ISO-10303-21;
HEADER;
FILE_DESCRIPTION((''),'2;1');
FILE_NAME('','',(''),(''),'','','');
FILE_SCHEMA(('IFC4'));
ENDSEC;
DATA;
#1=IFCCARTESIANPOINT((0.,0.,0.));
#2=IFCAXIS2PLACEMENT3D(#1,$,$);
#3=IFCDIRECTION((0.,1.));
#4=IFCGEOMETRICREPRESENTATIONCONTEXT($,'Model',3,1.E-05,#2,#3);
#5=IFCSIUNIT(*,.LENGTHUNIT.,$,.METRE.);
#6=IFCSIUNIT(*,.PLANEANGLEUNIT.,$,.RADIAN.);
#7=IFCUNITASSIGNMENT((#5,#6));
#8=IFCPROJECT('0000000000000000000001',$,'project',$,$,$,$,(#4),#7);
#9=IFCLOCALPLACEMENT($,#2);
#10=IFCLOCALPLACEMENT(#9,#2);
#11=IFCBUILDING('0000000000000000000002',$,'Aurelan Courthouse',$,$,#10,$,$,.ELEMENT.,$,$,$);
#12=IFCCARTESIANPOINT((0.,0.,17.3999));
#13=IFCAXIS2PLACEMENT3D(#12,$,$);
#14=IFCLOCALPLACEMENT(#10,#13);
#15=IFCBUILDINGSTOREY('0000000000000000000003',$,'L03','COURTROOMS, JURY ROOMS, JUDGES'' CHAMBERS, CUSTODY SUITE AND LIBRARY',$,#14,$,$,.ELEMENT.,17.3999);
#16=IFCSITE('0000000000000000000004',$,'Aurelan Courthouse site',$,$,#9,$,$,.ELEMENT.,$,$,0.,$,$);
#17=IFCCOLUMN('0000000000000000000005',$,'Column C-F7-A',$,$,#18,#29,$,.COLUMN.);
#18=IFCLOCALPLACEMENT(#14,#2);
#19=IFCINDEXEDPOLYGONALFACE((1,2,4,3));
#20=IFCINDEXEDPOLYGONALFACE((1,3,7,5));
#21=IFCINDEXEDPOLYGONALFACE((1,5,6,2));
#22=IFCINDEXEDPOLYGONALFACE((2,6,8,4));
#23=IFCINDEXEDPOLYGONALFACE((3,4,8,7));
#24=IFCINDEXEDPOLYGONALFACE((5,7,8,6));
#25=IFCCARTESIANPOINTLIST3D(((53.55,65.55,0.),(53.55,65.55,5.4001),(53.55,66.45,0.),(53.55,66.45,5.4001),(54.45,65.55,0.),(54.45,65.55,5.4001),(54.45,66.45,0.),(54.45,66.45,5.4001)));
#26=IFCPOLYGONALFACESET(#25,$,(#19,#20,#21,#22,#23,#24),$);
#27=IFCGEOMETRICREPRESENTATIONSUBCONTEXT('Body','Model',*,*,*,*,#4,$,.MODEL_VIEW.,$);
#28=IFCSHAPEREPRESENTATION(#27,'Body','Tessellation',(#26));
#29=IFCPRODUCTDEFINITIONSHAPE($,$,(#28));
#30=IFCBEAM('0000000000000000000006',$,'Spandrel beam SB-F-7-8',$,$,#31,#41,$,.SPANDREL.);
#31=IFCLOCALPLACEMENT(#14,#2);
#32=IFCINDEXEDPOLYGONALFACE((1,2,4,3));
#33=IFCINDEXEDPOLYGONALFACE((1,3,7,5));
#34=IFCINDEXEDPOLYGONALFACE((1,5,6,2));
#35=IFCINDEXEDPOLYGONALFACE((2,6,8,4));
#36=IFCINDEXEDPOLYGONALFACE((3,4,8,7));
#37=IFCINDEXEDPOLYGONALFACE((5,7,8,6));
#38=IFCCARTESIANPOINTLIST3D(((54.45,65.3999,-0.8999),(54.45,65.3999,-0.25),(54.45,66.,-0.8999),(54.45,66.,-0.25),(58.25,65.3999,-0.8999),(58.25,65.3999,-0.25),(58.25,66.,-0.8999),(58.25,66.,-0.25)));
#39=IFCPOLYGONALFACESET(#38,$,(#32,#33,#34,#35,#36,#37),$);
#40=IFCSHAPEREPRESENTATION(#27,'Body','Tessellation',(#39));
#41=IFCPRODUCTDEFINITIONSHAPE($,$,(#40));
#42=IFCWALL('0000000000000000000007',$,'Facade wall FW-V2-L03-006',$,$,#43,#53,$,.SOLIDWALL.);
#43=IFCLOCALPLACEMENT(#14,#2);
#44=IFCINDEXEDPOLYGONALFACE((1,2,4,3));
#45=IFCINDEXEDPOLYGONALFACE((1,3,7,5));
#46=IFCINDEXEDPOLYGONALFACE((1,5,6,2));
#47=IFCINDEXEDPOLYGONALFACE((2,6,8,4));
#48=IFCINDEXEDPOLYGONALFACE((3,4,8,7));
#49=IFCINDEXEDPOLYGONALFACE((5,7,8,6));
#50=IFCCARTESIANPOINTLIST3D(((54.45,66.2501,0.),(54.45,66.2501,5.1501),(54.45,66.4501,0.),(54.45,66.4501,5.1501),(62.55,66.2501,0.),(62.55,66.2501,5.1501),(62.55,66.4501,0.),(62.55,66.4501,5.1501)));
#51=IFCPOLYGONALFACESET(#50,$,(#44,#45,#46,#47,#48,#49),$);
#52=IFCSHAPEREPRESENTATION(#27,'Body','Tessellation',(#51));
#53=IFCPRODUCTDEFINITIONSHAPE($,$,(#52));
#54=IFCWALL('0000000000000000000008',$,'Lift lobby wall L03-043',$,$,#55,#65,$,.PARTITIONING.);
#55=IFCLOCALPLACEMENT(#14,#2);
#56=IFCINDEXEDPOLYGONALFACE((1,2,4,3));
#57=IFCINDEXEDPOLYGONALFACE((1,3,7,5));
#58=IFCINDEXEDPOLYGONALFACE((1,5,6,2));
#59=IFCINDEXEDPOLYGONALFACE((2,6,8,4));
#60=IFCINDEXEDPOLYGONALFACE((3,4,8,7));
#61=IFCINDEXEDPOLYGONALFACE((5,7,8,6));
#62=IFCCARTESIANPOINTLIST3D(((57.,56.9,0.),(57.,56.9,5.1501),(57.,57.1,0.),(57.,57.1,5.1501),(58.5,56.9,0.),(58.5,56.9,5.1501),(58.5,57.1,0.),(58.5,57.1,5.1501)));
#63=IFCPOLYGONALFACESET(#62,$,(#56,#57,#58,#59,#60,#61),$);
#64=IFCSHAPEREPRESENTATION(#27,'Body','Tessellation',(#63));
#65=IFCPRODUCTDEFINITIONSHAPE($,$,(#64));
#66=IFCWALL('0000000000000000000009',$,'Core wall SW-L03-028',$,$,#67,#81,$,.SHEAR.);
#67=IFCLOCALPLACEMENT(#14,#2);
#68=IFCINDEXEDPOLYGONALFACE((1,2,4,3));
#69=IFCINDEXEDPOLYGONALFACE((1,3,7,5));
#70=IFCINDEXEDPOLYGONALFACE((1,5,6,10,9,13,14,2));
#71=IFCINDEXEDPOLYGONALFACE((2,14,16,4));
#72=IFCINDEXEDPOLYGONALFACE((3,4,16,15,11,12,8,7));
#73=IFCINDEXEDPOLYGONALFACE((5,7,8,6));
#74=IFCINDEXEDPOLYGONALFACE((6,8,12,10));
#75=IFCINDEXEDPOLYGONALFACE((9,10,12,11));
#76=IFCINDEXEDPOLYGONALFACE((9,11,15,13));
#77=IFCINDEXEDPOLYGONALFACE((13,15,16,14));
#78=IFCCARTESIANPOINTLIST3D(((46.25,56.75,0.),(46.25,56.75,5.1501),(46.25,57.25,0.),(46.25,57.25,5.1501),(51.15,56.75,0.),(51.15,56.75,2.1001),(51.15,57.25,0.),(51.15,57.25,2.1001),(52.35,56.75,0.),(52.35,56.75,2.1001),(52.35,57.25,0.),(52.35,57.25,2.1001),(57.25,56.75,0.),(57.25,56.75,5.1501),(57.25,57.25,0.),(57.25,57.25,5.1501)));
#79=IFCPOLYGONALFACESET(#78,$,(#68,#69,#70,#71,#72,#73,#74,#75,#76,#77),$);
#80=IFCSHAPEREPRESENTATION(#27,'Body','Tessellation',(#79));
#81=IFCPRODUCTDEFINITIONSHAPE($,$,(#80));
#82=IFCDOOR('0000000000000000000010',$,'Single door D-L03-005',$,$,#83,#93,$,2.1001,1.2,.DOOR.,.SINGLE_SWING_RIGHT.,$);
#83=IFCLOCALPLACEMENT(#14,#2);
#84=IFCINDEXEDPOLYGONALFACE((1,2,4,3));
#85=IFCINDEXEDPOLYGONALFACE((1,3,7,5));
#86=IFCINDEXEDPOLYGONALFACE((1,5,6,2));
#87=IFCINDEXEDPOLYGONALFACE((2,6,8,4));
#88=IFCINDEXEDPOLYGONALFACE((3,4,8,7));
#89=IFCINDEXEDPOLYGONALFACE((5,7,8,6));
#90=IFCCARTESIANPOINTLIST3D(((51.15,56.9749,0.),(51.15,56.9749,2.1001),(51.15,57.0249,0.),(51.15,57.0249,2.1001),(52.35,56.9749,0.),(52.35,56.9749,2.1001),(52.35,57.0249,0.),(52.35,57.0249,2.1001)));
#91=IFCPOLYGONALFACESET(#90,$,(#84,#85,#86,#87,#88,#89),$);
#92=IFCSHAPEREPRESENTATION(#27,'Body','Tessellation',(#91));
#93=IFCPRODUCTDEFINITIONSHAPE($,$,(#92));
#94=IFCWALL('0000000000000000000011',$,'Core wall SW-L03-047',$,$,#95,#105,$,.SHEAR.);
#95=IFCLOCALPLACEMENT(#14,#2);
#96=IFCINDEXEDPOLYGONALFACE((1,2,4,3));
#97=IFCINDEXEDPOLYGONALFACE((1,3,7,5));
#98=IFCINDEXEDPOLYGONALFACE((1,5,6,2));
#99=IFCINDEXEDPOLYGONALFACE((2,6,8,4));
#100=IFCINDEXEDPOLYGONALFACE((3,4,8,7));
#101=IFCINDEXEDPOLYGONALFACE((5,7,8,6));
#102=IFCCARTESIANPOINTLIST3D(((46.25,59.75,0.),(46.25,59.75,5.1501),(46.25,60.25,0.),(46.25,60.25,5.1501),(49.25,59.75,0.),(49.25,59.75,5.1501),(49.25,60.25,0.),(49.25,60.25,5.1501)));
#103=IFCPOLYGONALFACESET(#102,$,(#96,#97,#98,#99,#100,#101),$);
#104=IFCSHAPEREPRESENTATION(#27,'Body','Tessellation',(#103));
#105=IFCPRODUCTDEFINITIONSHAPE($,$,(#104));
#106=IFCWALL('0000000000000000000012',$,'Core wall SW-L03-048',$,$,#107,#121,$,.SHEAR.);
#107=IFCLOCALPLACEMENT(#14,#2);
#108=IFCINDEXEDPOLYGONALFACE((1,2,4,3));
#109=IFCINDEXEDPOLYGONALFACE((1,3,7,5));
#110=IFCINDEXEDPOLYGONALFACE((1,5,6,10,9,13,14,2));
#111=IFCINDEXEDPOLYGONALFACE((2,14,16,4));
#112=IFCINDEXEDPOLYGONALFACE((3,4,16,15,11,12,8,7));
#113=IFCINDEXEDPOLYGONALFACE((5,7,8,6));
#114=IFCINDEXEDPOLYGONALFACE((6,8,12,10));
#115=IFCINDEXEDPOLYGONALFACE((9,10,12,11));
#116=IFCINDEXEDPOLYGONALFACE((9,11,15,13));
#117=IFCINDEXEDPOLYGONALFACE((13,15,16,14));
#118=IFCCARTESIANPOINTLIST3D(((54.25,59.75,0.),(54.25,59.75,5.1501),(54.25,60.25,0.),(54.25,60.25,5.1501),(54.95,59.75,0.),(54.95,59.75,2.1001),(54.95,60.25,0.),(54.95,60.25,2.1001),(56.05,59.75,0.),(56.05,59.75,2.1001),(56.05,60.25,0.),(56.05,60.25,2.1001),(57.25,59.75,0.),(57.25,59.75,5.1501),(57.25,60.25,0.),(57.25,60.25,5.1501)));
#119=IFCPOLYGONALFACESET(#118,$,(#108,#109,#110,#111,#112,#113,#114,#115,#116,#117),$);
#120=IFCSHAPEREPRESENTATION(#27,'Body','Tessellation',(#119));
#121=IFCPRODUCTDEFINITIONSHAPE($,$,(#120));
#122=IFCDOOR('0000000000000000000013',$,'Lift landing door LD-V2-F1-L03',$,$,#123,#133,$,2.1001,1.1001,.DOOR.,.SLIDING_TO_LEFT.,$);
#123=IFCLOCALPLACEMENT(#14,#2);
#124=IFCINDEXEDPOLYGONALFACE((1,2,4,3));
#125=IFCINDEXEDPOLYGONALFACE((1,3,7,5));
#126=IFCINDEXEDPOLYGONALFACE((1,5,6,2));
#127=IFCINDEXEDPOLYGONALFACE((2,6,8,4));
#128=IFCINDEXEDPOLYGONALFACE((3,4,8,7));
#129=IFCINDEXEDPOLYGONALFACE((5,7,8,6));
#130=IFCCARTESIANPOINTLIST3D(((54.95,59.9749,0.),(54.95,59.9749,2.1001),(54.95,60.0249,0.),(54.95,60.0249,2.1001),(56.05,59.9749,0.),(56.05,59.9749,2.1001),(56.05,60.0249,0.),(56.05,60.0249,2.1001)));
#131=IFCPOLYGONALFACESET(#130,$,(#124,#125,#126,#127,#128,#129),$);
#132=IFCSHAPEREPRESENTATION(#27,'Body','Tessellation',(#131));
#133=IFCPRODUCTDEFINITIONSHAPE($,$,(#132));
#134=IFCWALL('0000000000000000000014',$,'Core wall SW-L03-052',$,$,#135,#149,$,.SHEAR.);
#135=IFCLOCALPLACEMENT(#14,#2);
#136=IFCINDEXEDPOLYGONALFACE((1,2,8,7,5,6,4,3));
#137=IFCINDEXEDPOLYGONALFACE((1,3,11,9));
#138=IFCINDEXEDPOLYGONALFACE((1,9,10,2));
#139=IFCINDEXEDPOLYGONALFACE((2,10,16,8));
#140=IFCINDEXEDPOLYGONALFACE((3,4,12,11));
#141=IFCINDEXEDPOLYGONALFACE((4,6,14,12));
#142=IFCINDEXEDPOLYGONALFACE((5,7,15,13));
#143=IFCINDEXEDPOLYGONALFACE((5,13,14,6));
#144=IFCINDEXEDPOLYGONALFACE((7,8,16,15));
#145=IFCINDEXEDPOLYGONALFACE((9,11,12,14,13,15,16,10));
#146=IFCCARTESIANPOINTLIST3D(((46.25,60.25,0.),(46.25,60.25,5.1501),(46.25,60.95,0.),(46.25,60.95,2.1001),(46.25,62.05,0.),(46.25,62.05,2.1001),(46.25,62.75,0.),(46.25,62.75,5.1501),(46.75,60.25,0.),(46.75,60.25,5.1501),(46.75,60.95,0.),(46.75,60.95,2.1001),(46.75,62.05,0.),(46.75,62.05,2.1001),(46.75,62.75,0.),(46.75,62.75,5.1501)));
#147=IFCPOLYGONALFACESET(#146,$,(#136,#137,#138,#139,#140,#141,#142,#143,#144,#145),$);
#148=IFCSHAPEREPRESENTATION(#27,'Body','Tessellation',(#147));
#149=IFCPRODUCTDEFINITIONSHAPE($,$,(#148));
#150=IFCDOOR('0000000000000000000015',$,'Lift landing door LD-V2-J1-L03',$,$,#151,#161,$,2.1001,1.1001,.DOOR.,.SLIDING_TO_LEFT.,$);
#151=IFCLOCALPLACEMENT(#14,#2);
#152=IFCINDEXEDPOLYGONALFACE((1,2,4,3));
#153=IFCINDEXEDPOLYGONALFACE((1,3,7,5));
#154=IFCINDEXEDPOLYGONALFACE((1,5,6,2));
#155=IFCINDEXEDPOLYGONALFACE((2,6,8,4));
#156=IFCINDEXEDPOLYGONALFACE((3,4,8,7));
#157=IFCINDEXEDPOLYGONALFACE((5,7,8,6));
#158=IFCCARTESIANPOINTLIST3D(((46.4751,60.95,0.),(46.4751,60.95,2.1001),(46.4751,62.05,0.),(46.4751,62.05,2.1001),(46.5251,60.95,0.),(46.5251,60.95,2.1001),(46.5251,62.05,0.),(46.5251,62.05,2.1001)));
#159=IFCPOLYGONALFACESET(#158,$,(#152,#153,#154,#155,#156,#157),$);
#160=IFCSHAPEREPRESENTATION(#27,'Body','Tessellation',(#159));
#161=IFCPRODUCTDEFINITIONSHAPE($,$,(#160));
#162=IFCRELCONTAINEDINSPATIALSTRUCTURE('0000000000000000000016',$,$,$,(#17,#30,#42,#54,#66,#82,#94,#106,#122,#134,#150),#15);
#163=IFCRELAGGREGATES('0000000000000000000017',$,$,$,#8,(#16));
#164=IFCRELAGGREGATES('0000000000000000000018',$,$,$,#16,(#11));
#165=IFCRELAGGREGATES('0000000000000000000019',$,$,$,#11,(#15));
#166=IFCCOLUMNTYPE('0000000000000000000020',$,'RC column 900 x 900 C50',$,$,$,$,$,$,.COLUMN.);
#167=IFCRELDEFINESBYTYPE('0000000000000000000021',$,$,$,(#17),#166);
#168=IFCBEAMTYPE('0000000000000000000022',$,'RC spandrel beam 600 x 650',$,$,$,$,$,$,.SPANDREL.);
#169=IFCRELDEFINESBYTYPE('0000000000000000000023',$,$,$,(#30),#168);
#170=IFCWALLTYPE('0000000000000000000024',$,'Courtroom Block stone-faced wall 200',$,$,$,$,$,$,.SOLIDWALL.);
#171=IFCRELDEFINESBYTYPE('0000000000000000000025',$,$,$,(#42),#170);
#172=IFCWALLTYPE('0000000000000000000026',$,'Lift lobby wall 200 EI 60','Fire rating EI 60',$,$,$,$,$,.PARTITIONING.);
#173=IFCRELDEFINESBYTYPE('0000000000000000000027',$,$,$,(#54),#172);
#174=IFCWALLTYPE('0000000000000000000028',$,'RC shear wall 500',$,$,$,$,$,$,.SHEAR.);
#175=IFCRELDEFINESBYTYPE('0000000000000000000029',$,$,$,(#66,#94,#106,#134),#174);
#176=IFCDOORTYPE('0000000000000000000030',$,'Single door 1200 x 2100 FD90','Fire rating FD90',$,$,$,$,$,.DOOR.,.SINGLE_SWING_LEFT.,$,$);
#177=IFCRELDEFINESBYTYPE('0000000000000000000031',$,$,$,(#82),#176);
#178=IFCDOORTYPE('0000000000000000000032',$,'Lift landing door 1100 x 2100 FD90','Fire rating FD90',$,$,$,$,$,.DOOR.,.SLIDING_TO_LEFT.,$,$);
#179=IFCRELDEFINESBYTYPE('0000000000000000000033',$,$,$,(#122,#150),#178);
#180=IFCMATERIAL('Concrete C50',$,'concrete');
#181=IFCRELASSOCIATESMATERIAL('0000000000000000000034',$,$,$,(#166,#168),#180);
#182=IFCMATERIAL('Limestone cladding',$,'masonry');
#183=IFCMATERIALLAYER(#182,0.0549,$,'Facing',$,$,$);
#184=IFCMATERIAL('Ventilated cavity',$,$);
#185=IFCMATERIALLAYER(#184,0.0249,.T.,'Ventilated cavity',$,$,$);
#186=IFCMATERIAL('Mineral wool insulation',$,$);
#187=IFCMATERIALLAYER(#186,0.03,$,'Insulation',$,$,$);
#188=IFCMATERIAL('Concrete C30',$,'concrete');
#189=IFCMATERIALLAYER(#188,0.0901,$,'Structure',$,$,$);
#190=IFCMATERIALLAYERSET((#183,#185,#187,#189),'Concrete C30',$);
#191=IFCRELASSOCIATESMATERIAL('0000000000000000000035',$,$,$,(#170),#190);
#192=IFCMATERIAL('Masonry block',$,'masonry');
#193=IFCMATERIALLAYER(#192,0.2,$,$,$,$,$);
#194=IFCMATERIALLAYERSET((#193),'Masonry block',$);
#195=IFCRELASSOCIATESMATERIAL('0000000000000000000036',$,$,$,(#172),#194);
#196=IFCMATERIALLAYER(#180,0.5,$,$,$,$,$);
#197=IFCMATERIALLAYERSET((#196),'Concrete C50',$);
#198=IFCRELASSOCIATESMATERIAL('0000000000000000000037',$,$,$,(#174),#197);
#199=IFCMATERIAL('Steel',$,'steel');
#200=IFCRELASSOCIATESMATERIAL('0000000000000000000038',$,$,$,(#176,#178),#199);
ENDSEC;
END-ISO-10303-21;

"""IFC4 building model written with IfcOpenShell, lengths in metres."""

from ifc_helpers import new_model, si_unit, direction, frame, frame_2d, origin, origin_2d, place, context, subcontext, project, spatial, rectangle, extrude, material, layer, layer_set, material_profile, profile_set, type_object, element, fill, save


model = new_model("IFC4")

# Units and contexts
model_context = context("Model", 3, precision=1e-05, world=origin(), true_north=direction((0.0, 1.0)))
body_context = subcontext(model_context, "Body", "Model", "MODEL_VIEW")
ifc_project = project(units=[si_unit("LENGTHUNIT", "METRE"), si_unit("PLANEANGLEUNIT", "RADIAN")], contexts=[model_context])

# Site, building, storey
site_placement = place(None, origin())
site = spatial("IfcSite", under=ifc_project, at=site_placement, Name="Aurelan Courthouse site", CompositionType="ELEMENT", RefElevation=0.0)
building_placement = place(site_placement, origin())
building = spatial("IfcBuilding", under=site, at=building_placement, Name="Aurelan Courthouse", CompositionType="ELEMENT")
storey_placement = place(building_placement, frame((0.0, 0.0, 17.3999)))
storey = spatial("IfcBuildingStorey", under=building, at=storey_placement, Name="L03", Description="COURTROOMS, JURY ROOMS, JUDGES' CHAMBERS, CUSTODY SUITE AND LIBRARY", CompositionType="ELEMENT", Elevation=17.3999)

# Column
ifc_material_1 = material(Name="Concrete C50", Category="concrete")
ifc_material_profile_1 = material_profile(ifc_material_1, rectangle(XDim=0.8999, YDim=0.8999, at=origin_2d()), Name="RC 900 x 900")
ifc_profile_set_1 = profile_set([ifc_material_profile_1], Name="Concrete C50")
column_type = type_object("IfcColumnType", Name="RC column 900 x 900 C50", PredefinedType="COLUMN", material=ifc_profile_set_1)
column_placement = place(storey_placement, frame((54.0, 66.0, 0.0), z_axis=(0.0, 0.0, 1.0), x_axis=(1.0, 0.0, 0.0)))
element("IfcColumn", 1, at=column_placement, inside=storey, type_object=column_type, Name="Column C-F7-A", PredefinedType="COLUMN", context=body_context, shape_type="SweptSolid", body=[
    extrude(rectangle(XDim=0.8999, YDim=0.8999, at=origin_2d()), origin(), (0.0, 0.0, 1.0), 5.4001),
])

# Beam
ifc_material_profile_2 = material_profile(ifc_material_1, rectangle(XDim=0.6001, YDim=0.6499, at=origin_2d()), Name="RC 600 x 650")
ifc_profile_set_2 = profile_set([ifc_material_profile_2], Name="Concrete C50")
beam_type = type_object("IfcBeamType", Name="RC spandrel beam 600 x 650", PredefinedType="SPANDREL", material=ifc_profile_set_2)
beam_placement = place(storey_placement, frame((54.45, 65.7, -0.575), z_axis=(1.0, 0.0, 0.0), x_axis=(0.0, 1.0, 0.0)))
element("IfcBeam", 2, at=beam_placement, inside=storey, type_object=beam_type, Name="Spandrel beam SB-F-7-8", PredefinedType="SPANDREL", context=body_context, shape_type="SweptSolid", body=[
    extrude(rectangle(XDim=0.6001, YDim=0.6499, at=origin_2d()), origin(), (0.0, 0.0, 1.0), 3.8),
])

# Walls
ifc_material_2 = material(Name="Limestone cladding", Category="masonry")
ifc_layer_1 = layer(ifc_material_2, 0.0549, Name="Facing")
ifc_material_3 = material(Name="Ventilated cavity")
ifc_layer_2 = layer(ifc_material_3, 0.0249, ventilated=True, Name="Ventilated cavity")
ifc_material_4 = material(Name="Mineral wool insulation")
ifc_layer_3 = layer(ifc_material_4, 0.03, Name="Insulation")
ifc_material_5 = material(Name="Concrete C30", Category="concrete")
ifc_layer_4 = layer(ifc_material_5, 0.0901, Name="Structure")
ifc_layer_set_1 = layer_set([ifc_layer_1, ifc_layer_2, ifc_layer_3, ifc_layer_4], Name="Concrete C30")
wall_type_1 = type_object("IfcWallType", Name="Courtroom Block stone-faced wall 200", PredefinedType="SOLIDWALL", material=ifc_layer_set_1)
wall_1_placement = place(storey_placement, frame((54.45, 66.3501, 0.0), z_axis=(0.0, 0.0, 1.0), x_axis=(1.0, 0.0, 0.0)))
element("IfcWall", 3, at=wall_1_placement, inside=storey, type_object=wall_type_1, Name="Facade wall FW-V2-L03-006", PredefinedType="SOLIDWALL", context=body_context, shape_type="SweptSolid", body=[
    extrude(rectangle(XDim=8.1001, YDim=0.2, at=frame_2d((4.05, 0.0))), origin(), (0.0, 0.0, 1.0), 5.1501),
])
ifc_material_6 = material(Name="Masonry block", Category="masonry")
ifc_layer_5 = layer(ifc_material_6, 0.2)
ifc_layer_set_2 = layer_set([ifc_layer_5], Name="Masonry block")
wall_type_2 = type_object("IfcWallType", Name="Lift lobby wall 200 EI 60", Description="Fire rating EI 60", PredefinedType="PARTITIONING", material=ifc_layer_set_2)
wall_2_placement = place(storey_placement, frame((57.0, 57.0, 0.0), z_axis=(0.0, 0.0, 1.0), x_axis=(1.0, 0.0, 0.0)))
element("IfcWall", 4, at=wall_2_placement, inside=storey, type_object=wall_type_2, Name="Lift lobby wall L03-043", PredefinedType="PARTITIONING", context=body_context, shape_type="SweptSolid", body=[
    extrude(rectangle(XDim=1.5, YDim=0.2, at=frame_2d((0.75, 0.0))), origin(), (0.0, 0.0, 1.0), 5.1501),
])

# Wall, opening, door
ifc_layer_6 = layer(ifc_material_1, 0.5)
ifc_layer_set_3 = layer_set([ifc_layer_6], Name="Concrete C50")
wall_type_3 = type_object("IfcWallType", Name="RC shear wall 500", PredefinedType="SHEAR", material=ifc_layer_set_3)
wall_3_placement = place(storey_placement, frame((46.25, 57.0, 0.0), z_axis=(0.0, 0.0, 1.0), x_axis=(1.0, 0.0, 0.0)))
wall_3 = element("IfcWall", 5, at=wall_3_placement, inside=storey, type_object=wall_type_3, Name="Core wall SW-L03-028", PredefinedType="SHEAR", context=body_context, shape_type="SweptSolid", body=[
    extrude(rectangle(XDim=11.0, YDim=0.5, at=frame_2d((5.5, 0.0))), origin(), (0.0, 0.0, 1.0), 5.1501),
])
opening_1_placement = place(wall_3_placement, frame((4.8999, 0.0, 0.0)))
opening_1 = element("IfcOpeningElement", 6, at=opening_1_placement, cuts=wall_3, PredefinedType="OPENING", context=body_context, shape_type="SweptSolid", body=[
    extrude(rectangle(XDim=1.2, YDim=2.1001, at=frame_2d((0.6001, 1.05))), frame((0.0, 0.26, 0.0), z_axis=(0.0, -1.0, 0.0), x_axis=(1.0, 0.0, 0.0)), (0.0, 0.0, 1.0), 0.52),
])
ifc_material_7 = material(Name="Steel", Category="steel")
door_type_1 = type_object("IfcDoorType", Name="Single door 1200 x 2100 FD90", Description="Fire rating FD90", OperationType="SINGLE_SWING_LEFT", PredefinedType="DOOR", material=ifc_material_7)
door_1_placement = place(opening_1_placement, origin())
door_1 = element("IfcDoor", 7, at=door_1_placement, inside=storey, type_object=door_type_1, Name="Single door D-L03-005", OperationType="SINGLE_SWING_RIGHT", OverallHeight=2.1001, OverallWidth=1.2, PredefinedType="DOOR", context=body_context, shape_type="SweptSolid", body=[
    extrude(rectangle(XDim=1.2, YDim=2.1001, at=frame_2d((0.6001, 1.05))), frame((0.0, 0.0249, 0.0), z_axis=(0.0, -1.0, 0.0), x_axis=(1.0, 0.0, 0.0)), (0.0, 0.0, 1.0), 0.05),
])
fill(opening_1, door_1)

# Wall
wall_4_placement = place(storey_placement, frame((46.25, 60.0, 0.0), z_axis=(0.0, 0.0, 1.0), x_axis=(1.0, 0.0, 0.0)))
element("IfcWall", 8, at=wall_4_placement, inside=storey, type_object=wall_type_3, Name="Core wall SW-L03-047", PredefinedType="SHEAR", context=body_context, shape_type="SweptSolid", body=[
    extrude(rectangle(XDim=3.0, YDim=0.5, at=frame_2d((1.5, 0.0))), origin(), (0.0, 0.0, 1.0), 5.1501),
])

# Walls, openings, doors
wall_5_placement = place(storey_placement, frame((54.25, 60.0, 0.0), z_axis=(0.0, 0.0, 1.0), x_axis=(1.0, 0.0, 0.0)))
wall_5 = element("IfcWall", 9, at=wall_5_placement, inside=storey, type_object=wall_type_3, Name="Core wall SW-L03-048", PredefinedType="SHEAR", context=body_context, shape_type="SweptSolid", body=[
    extrude(rectangle(XDim=3.0, YDim=0.5, at=frame_2d((1.5, 0.0))), origin(), (0.0, 0.0, 1.0), 5.1501),
])
opening_2_placement = place(wall_5_placement, frame((0.7, 0.0, 0.0)))
opening_2 = element("IfcOpeningElement", 10, at=opening_2_placement, cuts=wall_5, PredefinedType="OPENING", context=body_context, shape_type="SweptSolid", body=[
    extrude(rectangle(XDim=1.1001, YDim=2.1001, at=frame_2d((0.55, 1.05))), frame((0.0, 0.26, 0.0), z_axis=(0.0, -1.0, 0.0), x_axis=(1.0, 0.0, 0.0)), (0.0, 0.0, 1.0), 0.52),
])
door_type_2 = type_object("IfcDoorType", Name="Lift landing door 1100 x 2100 FD90", Description="Fire rating FD90", OperationType="SLIDING_TO_LEFT", PredefinedType="DOOR", material=ifc_material_7)
door_2_placement = place(opening_2_placement, origin())
door_2 = element("IfcDoor", 11, at=door_2_placement, inside=storey, type_object=door_type_2, Name="Lift landing door LD-V2-F1-L03", OperationType="SLIDING_TO_LEFT", OverallHeight=2.1001, OverallWidth=1.1001, PredefinedType="DOOR", context=body_context, shape_type="SweptSolid", body=[
    extrude(rectangle(XDim=1.1001, YDim=2.1001, at=frame_2d((0.55, 1.05))), frame((0.0, 0.0249, 0.0), z_axis=(0.0, -1.0, 0.0), x_axis=(1.0, 0.0, 0.0)), (0.0, 0.0, 1.0), 0.05),
])
fill(opening_2, door_2)
wall_6_placement = place(storey_placement, frame((46.5, 60.25, 0.0), z_axis=(0.0, 0.0, 1.0), x_axis=(0.0, 1.0, 0.0)))
wall_6 = element("IfcWall", 12, at=wall_6_placement, inside=storey, type_object=wall_type_3, Name="Core wall SW-L03-052", PredefinedType="SHEAR", context=body_context, shape_type="SweptSolid", body=[
    extrude(rectangle(XDim=2.5, YDim=0.5, at=frame_2d((1.25, 0.0))), origin(), (0.0, 0.0, 1.0), 5.1501),
])
opening_3_placement = place(wall_6_placement, frame((0.7, 0.0, 0.0)))
opening_3 = element("IfcOpeningElement", 13, at=opening_3_placement, cuts=wall_6, PredefinedType="OPENING", context=body_context, shape_type="SweptSolid", body=[
    extrude(rectangle(XDim=1.1001, YDim=2.1001, at=frame_2d((0.55, 1.05))), frame((0.0, 0.26, 0.0), z_axis=(0.0, -1.0, 0.0), x_axis=(1.0, 0.0, 0.0)), (0.0, 0.0, 1.0), 0.52),
])
door_3_placement = place(opening_3_placement, origin())
door_3 = element("IfcDoor", 14, at=door_3_placement, inside=storey, type_object=door_type_2, Name="Lift landing door LD-V2-J1-L03", OperationType="SLIDING_TO_LEFT", OverallHeight=2.1001, OverallWidth=1.1001, PredefinedType="DOOR", context=body_context, shape_type="SweptSolid", body=[
    extrude(rectangle(XDim=1.1001, YDim=2.1001, at=frame_2d((0.55, 1.05))), frame((0.0, 0.0249, 0.0), z_axis=(0.0, -1.0, 0.0), x_axis=(1.0, 0.0, 0.0)), (0.0, 0.0, 1.0), 0.05),
])
fill(opening_3, door_3)

save(model, "model.ifc")
